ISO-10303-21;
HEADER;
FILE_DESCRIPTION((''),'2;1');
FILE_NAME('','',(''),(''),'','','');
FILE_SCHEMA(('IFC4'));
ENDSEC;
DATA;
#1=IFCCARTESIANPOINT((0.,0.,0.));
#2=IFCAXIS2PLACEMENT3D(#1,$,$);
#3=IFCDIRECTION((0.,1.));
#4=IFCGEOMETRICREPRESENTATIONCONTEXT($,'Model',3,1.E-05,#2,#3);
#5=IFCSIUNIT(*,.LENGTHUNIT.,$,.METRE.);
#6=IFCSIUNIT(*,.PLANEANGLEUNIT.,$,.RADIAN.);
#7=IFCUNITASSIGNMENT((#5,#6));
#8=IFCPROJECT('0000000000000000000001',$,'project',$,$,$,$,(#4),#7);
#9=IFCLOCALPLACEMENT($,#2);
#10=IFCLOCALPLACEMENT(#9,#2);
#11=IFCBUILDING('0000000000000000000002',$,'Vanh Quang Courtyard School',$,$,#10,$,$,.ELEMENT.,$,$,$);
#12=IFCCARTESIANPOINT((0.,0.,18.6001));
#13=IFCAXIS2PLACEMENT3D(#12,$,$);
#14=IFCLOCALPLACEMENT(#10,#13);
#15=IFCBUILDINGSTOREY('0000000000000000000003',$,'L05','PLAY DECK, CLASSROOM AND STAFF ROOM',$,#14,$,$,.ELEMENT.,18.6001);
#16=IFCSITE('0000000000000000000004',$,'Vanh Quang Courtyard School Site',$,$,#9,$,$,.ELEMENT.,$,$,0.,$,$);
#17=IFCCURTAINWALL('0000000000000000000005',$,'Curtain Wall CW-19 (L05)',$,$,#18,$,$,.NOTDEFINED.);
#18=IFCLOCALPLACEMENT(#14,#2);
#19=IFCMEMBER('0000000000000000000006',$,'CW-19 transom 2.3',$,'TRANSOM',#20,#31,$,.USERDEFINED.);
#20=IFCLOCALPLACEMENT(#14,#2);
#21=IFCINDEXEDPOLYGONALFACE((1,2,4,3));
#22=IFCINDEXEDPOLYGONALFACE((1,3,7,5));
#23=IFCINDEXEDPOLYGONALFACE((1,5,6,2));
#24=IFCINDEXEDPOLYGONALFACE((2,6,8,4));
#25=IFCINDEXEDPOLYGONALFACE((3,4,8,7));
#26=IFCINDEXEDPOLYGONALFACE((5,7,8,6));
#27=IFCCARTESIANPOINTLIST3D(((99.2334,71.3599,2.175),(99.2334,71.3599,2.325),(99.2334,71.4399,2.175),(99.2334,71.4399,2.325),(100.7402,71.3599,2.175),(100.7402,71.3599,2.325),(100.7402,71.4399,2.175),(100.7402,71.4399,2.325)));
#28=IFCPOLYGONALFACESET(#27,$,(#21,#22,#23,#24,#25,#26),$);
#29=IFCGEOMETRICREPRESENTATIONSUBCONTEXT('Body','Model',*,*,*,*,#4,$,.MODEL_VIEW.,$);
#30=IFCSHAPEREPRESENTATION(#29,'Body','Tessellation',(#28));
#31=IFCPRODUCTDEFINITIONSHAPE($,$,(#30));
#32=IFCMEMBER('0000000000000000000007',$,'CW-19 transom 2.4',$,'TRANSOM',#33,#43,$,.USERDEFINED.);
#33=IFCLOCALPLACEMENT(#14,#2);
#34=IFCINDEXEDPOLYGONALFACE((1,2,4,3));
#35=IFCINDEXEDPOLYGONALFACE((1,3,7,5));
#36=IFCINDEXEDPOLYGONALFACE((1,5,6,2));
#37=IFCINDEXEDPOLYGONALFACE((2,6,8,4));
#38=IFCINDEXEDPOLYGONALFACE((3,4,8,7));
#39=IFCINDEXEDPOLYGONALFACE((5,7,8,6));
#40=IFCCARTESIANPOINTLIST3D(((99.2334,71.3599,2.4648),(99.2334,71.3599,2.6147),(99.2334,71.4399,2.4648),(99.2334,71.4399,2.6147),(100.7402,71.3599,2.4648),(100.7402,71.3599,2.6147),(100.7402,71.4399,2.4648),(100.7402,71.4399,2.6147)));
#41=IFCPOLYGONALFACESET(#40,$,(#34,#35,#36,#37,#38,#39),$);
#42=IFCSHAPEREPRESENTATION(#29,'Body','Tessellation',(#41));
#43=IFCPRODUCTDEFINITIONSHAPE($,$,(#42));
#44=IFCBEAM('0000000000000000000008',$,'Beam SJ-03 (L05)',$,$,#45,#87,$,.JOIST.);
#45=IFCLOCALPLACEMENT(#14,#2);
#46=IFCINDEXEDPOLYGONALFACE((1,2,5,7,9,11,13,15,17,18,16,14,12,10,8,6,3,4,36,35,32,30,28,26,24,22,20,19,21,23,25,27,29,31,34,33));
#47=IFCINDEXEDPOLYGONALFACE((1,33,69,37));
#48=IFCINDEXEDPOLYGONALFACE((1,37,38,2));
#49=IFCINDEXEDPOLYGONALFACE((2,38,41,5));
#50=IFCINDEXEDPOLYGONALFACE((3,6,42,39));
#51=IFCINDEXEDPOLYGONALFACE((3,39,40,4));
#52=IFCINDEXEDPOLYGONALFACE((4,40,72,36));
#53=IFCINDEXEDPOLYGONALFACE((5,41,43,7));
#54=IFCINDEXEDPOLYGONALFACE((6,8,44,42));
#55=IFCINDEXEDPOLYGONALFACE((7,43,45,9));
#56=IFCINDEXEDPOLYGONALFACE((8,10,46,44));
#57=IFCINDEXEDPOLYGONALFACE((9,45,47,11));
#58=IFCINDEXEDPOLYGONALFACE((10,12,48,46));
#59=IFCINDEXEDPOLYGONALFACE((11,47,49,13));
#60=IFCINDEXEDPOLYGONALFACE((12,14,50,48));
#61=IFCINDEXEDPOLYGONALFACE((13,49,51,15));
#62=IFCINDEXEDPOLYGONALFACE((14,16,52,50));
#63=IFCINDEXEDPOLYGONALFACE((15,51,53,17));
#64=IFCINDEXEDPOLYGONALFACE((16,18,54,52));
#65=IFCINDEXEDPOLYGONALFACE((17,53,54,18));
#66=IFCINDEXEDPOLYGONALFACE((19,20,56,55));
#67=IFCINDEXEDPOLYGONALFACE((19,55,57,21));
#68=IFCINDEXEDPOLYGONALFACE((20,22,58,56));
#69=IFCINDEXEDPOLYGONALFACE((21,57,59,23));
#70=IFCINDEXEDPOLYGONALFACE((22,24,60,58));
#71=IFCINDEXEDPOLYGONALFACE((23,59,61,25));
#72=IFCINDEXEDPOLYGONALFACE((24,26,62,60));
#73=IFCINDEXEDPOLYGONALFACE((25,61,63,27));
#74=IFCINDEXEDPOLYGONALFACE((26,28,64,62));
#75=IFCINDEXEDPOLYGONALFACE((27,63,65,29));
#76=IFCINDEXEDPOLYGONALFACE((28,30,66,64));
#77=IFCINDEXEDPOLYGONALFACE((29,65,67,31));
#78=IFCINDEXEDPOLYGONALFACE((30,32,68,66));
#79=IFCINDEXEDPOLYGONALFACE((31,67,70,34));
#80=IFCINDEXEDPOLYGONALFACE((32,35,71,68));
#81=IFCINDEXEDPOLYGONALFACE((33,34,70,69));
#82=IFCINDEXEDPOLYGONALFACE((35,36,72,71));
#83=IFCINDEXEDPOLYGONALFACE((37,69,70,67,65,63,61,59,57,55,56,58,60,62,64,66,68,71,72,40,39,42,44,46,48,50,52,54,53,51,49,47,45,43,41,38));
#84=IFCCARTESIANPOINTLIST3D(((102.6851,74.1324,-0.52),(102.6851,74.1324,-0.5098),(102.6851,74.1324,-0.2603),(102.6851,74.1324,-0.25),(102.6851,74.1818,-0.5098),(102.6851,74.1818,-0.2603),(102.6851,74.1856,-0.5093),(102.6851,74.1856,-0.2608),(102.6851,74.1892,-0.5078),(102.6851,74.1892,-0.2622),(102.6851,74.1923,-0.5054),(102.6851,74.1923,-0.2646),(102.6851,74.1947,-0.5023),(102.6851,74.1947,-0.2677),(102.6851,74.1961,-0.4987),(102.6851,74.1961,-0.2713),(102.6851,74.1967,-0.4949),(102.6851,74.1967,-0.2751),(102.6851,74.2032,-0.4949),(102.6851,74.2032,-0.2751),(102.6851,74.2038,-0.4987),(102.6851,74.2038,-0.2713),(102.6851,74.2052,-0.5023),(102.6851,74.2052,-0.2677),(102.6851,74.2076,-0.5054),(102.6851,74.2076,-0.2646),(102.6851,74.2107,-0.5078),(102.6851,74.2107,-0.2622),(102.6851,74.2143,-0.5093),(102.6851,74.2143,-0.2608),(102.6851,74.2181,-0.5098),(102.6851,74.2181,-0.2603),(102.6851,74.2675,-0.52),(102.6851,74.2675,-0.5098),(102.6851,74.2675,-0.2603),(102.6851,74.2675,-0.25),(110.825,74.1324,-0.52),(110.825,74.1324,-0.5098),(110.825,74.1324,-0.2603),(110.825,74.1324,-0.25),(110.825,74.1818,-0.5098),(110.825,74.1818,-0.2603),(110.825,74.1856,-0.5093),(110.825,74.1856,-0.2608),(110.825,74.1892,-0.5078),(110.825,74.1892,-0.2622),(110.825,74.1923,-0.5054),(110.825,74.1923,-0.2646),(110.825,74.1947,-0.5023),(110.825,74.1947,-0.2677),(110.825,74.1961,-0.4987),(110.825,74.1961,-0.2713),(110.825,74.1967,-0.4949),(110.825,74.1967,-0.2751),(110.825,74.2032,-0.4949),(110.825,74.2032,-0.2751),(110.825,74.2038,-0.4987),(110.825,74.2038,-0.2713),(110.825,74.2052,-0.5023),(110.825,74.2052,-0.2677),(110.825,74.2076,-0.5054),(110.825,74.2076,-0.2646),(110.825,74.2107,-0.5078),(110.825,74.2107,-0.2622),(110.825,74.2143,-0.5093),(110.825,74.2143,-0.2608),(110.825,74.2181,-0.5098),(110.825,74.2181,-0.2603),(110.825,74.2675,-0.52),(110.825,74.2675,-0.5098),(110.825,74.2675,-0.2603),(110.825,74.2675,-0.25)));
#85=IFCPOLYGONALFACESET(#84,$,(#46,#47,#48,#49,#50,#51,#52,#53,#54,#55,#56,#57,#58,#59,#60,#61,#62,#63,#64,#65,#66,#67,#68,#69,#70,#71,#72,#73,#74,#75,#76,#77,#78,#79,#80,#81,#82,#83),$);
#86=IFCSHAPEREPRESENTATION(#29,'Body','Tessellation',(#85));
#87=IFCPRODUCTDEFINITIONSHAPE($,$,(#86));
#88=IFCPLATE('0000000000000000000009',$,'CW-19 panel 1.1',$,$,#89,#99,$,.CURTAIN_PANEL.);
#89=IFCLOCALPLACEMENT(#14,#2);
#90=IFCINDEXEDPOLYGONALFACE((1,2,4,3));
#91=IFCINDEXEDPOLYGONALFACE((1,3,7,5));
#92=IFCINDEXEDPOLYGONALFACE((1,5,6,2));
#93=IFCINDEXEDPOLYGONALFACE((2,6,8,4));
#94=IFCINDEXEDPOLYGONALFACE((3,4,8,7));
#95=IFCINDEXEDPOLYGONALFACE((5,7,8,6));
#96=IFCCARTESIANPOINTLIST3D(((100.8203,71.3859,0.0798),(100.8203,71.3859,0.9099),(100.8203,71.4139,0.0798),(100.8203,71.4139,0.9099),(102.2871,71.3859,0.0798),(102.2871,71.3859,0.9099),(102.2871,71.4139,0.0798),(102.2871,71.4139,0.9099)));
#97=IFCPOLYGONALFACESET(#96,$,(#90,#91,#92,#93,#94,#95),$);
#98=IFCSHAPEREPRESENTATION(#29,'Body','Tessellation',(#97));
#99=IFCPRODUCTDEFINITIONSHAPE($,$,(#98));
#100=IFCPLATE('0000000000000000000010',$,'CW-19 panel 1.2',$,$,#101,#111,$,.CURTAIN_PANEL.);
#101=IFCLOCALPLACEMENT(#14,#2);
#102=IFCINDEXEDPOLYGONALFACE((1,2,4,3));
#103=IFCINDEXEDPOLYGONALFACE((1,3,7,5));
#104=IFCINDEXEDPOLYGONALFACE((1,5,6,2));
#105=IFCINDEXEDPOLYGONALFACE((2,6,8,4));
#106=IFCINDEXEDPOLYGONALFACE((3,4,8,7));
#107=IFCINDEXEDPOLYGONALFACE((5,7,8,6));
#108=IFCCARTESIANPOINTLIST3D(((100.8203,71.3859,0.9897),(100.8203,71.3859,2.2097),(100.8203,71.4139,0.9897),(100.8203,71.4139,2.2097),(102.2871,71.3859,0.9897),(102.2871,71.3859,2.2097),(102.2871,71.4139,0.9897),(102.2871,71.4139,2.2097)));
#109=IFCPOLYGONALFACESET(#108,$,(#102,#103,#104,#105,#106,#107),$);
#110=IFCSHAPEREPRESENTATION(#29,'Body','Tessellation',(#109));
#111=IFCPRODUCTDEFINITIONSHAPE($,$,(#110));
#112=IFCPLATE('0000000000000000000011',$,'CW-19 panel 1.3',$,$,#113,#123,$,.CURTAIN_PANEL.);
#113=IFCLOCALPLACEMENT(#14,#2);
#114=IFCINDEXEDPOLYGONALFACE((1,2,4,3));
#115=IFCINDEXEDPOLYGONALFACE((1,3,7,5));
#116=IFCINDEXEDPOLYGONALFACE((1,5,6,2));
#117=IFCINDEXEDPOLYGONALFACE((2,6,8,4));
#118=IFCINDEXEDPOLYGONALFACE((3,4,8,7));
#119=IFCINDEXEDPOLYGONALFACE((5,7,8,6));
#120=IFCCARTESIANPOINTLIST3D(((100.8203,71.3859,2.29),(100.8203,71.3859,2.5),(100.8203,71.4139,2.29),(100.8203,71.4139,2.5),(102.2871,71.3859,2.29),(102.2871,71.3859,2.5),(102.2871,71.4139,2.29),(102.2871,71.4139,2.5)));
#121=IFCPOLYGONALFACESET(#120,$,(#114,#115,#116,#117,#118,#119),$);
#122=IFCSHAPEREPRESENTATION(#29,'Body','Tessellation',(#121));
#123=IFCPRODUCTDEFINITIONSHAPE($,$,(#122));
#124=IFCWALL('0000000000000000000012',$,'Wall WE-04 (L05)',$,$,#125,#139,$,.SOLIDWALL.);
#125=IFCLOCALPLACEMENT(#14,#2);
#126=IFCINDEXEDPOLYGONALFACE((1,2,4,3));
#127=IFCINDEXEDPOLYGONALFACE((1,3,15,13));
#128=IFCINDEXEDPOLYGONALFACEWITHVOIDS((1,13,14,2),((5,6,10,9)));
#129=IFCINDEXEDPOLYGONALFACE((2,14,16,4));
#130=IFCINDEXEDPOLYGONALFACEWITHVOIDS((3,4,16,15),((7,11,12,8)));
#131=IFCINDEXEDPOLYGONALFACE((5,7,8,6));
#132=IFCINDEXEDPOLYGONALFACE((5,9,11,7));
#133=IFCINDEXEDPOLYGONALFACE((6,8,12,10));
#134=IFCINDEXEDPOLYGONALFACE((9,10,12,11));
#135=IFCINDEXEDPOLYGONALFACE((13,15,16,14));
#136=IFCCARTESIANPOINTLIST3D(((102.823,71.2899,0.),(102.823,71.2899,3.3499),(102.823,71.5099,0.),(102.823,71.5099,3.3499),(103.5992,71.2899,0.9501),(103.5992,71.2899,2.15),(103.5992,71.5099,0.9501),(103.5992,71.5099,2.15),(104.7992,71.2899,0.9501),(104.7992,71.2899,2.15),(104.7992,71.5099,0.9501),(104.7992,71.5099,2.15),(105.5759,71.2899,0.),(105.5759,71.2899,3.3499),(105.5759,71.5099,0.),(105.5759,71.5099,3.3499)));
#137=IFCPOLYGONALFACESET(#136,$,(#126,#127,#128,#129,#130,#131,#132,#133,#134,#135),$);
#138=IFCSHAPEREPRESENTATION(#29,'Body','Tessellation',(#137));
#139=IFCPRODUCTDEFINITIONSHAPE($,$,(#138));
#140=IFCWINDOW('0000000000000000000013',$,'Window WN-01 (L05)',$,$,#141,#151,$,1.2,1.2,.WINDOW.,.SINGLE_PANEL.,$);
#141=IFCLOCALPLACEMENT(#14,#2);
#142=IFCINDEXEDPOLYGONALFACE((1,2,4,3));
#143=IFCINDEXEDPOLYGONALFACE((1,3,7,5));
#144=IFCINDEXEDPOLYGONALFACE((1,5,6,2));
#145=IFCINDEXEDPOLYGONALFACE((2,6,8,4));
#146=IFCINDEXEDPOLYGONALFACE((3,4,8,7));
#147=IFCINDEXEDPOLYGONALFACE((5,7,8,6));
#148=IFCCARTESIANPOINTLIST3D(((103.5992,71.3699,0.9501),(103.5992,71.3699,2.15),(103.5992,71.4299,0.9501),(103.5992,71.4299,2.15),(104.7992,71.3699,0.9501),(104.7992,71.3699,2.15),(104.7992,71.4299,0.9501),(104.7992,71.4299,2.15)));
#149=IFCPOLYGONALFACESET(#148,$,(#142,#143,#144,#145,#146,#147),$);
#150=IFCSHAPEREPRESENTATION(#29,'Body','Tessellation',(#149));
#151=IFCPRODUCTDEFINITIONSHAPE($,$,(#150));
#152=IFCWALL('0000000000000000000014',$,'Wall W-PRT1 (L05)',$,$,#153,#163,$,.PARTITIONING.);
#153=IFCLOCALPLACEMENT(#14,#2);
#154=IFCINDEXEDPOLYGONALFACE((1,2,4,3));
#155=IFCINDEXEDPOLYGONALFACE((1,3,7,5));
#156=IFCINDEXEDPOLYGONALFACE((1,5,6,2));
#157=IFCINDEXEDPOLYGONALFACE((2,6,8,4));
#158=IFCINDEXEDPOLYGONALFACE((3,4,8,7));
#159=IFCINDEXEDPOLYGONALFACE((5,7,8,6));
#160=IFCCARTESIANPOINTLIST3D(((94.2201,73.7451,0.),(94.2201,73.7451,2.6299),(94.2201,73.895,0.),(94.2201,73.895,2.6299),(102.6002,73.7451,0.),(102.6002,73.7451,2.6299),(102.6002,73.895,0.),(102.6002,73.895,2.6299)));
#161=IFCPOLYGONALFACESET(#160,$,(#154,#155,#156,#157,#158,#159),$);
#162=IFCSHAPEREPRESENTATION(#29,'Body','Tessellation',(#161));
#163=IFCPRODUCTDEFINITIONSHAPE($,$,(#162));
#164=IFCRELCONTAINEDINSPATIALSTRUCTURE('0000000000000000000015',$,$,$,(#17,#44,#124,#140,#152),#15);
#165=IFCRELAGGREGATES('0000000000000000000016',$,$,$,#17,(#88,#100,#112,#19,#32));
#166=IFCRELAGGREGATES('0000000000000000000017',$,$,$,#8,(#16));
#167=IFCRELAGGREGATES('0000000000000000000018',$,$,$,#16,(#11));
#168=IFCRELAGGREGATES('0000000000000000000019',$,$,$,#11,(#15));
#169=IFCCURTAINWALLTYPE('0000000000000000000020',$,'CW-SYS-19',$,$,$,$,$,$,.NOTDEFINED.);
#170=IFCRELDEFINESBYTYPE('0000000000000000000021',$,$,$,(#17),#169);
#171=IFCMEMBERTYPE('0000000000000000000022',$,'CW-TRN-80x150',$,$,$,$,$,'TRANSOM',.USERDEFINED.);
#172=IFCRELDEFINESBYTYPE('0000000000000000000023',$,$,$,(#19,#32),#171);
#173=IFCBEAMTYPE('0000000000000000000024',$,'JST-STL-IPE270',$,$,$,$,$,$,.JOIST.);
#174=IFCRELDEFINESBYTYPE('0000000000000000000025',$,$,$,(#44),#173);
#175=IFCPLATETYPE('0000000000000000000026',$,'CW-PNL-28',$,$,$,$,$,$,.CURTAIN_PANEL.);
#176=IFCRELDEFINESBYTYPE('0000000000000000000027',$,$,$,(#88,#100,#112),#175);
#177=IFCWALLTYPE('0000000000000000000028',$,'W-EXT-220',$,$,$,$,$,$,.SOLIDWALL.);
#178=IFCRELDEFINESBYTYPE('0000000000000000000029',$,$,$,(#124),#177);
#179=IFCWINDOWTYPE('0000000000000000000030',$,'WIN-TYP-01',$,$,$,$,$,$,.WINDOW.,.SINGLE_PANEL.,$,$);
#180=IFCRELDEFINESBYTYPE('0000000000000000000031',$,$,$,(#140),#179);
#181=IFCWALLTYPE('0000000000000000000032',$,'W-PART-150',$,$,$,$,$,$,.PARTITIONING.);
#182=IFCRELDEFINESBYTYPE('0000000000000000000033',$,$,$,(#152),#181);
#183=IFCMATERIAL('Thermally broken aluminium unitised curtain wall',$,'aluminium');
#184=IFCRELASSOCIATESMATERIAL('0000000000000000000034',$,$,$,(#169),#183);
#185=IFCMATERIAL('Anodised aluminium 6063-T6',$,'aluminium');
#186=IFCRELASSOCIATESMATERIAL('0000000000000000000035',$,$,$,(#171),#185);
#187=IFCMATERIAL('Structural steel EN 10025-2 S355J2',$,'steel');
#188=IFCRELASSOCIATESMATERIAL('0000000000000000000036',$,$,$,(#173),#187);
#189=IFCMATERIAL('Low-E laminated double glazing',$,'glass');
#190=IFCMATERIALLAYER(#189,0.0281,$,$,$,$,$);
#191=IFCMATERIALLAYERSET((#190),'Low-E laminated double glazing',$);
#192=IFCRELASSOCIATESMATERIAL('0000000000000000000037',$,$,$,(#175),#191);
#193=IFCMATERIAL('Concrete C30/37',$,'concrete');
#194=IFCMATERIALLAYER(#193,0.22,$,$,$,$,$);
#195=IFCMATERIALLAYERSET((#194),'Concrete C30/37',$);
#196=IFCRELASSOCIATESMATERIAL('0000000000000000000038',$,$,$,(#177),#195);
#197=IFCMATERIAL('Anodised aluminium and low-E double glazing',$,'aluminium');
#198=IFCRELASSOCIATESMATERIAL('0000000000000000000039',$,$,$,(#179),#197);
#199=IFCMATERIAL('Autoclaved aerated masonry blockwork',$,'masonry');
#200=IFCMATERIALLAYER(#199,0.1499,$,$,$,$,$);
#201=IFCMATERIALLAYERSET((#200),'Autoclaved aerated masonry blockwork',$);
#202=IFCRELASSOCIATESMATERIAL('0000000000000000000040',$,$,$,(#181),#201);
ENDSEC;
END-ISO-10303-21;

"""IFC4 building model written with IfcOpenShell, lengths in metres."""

from ifc_helpers import new_model, si_unit, direction, frame, frame_2d, origin, origin_2d, place, context, subcontext, project, spatial, rectangle, i_section, extrude, material, layer, layer_set, material_profile, profile_set, type_object, element, fill, aggregate, save


model = new_model("IFC4")

# Units and contexts
model_context = context("Model", 3, precision=1e-05, world=origin(), true_north=direction((0.0, 1.0)))
body_context = subcontext(model_context, "Body", "Model", "MODEL_VIEW")
ifc_project = project(units=[si_unit("LENGTHUNIT", "METRE"), si_unit("PLANEANGLEUNIT", "RADIAN")], contexts=[model_context])

# Site, building, storey
site_placement = place(None, origin())
site = spatial("IfcSite", under=ifc_project, at=site_placement, Name="Vanh Quang Courtyard School Site", CompositionType="ELEMENT", RefElevation=0.0)
building_placement = place(site_placement, origin())
building = spatial("IfcBuilding", under=site, at=building_placement, Name="Vanh Quang Courtyard School", CompositionType="ELEMENT")
storey_placement = place(building_placement, frame((0.0, 0.0, 18.6001)))
storey = spatial("IfcBuildingStorey", under=building, at=storey_placement, Name="L05", Description="PLAY DECK, CLASSROOM AND STAFF ROOM", CompositionType="ELEMENT", Elevation=18.6001)

# Shared definitions
ifc_material_1 = material(Name="Structural steel EN 10025-2 S355J2", Category="steel")

# Curtain wall, members
ifc_material_2 = material(Name="Thermally broken aluminium unitised curtain wall", Category="aluminium")
curtain_wall_type = type_object("IfcCurtainWallType", Name="CW-SYS-19", PredefinedType="NOTDEFINED", material=ifc_material_2)
curtain_wall_placement = place(storey_placement, origin())
curtain_wall = element("IfcCurtainWall", 1, at=curtain_wall_placement, inside=storey, type_object=curtain_wall_type, Name="Curtain Wall CW-19 (L05)", PredefinedType="NOTDEFINED")
ifc_material_3 = material(Name="Anodised aluminium 6063-T6", Category="aluminium")
ifc_material_profile_1 = material_profile(ifc_material_3, rectangle(XDim=0.0801, YDim=0.1499, at=origin_2d()), Name="ALU-TRN 80x150")
ifc_profile_set_1 = profile_set([ifc_material_profile_1], Name="Anodised aluminium 6063-T6")
member_type_1 = type_object("IfcMemberType", Name="CW-TRN-80x150", ElementType="TRANSOM", PredefinedType="USERDEFINED", material=ifc_profile_set_1)
member_1_placement = place(storey_placement, frame((100.7402, 71.3999, 2.25), z_axis=(-1.0, 0.0, 0.0), x_axis=(0.0, -1.0, 0.0)))
member_1 = element("IfcMember", 2, at=member_1_placement, type_object=member_type_1, Name="CW-19 transom 2.3", ObjectType="TRANSOM", PredefinedType="USERDEFINED", context=body_context, shape_type="SweptSolid", body=[
    extrude(rectangle(XDim=0.0801, YDim=0.1499, at=origin_2d()), origin(), (0.0, 0.0, 1.0), 1.5068),
])
member_2_placement = place(storey_placement, frame((100.7402, 71.3999, 2.5398), z_axis=(-1.0, 0.0, 0.0), x_axis=(0.0, -1.0, 0.0)))
member_2 = element("IfcMember", 3, at=member_2_placement, type_object=member_type_1, Name="CW-19 transom 2.4", ObjectType="TRANSOM", PredefinedType="USERDEFINED", context=body_context, shape_type="SweptSolid", body=[
    extrude(rectangle(XDim=0.0801, YDim=0.1499, at=origin_2d()), origin(), (0.0, 0.0, 1.0), 1.5068),
])

# Beam
ifc_material_profile_2 = material_profile(ifc_material_1, i_section(OverallWidth=0.135, OverallDepth=0.27, WebThickness=0.0066, FlangeThickness=0.0103, FilletRadius=0.0149, at=origin_2d()), Name="IPE 270")
ifc_profile_set_2 = profile_set([ifc_material_profile_2], Name="Structural steel EN 10025-2 S355J2")
beam_type_1 = type_object("IfcBeamType", Name="JST-STL-IPE270", PredefinedType="JOIST", material=ifc_profile_set_2)
beam_1_placement = place(storey_placement, frame((102.6851, 74.2, -0.385), z_axis=(1.0, 0.0, 0.0), x_axis=(0.0, 1.0, 0.0)))
element("IfcBeam", 4, at=beam_1_placement, inside=storey, type_object=beam_type_1, Name="Beam SJ-03 (L05)", PredefinedType="JOIST", context=body_context, shape_type="SweptSolid", body=[
    extrude(i_section(OverallWidth=0.135, OverallDepth=0.27, WebThickness=0.0066, FlangeThickness=0.0103, FilletRadius=0.0149, at=origin_2d()), origin(), (0.0, 0.0, 1.0), 8.1399),
])

# Plates
ifc_material_4 = material(Name="Low-E laminated double glazing", Category="glass")
ifc_layer_1 = layer(ifc_material_4, 0.0281)
ifc_layer_set_1 = layer_set([ifc_layer_1], Name="Low-E laminated double glazing")
plate_type = type_object("IfcPlateType", Name="CW-PNL-28", PredefinedType="CURTAIN_PANEL", material=ifc_layer_set_1)
plate_1_placement = place(storey_placement, frame((101.5537, 71.3999, 0.0798), z_axis=(0.0, 0.0, 1.0), x_axis=(-1.0, 0.0, 0.0)))
plate_1 = element("IfcPlate", 5, at=plate_1_placement, type_object=plate_type, Name="CW-19 panel 1.1", PredefinedType="CURTAIN_PANEL", context=body_context, shape_type="SweptSolid", body=[
    extrude(rectangle(XDim=1.4668, YDim=0.0281, at=origin_2d()), origin(), (0.0, 0.0, 1.0), 0.8301),
])
plate_2_placement = place(storey_placement, frame((101.5537, 71.3999, 0.9897), z_axis=(0.0, 0.0, 1.0), x_axis=(-1.0, 0.0, 0.0)))
plate_2 = element("IfcPlate", 6, at=plate_2_placement, type_object=plate_type, Name="CW-19 panel 1.2", PredefinedType="CURTAIN_PANEL", context=body_context, shape_type="SweptSolid", body=[
    extrude(rectangle(XDim=1.4668, YDim=0.0281, at=origin_2d()), origin(), (0.0, 0.0, 1.0), 1.22),
])
plate_3_placement = place(storey_placement, frame((101.5537, 71.3999, 2.29), z_axis=(0.0, 0.0, 1.0), x_axis=(-1.0, 0.0, 0.0)))
plate_3 = element("IfcPlate", 7, at=plate_3_placement, type_object=plate_type, Name="CW-19 panel 1.3", PredefinedType="CURTAIN_PANEL", context=body_context, shape_type="SweptSolid", body=[
    extrude(rectangle(XDim=1.4668, YDim=0.0281, at=origin_2d()), origin(), (0.0, 0.0, 1.0), 0.21),
])
aggregate(curtain_wall, [plate_1, plate_2, plate_3, member_1, member_2])

# Wall, opening, window
ifc_material_5 = material(Name="Concrete C30/37", Category="concrete")
ifc_layer_2 = layer(ifc_material_5, 0.22)
ifc_layer_set_2 = layer_set([ifc_layer_2], Name="Concrete C30/37")
wall_type_1 = type_object("IfcWallType", Name="W-EXT-220", PredefinedType="SOLIDWALL", material=ifc_layer_set_2)
wall_1_placement = place(storey_placement, frame((105.5759, 71.3999, 0.0), z_axis=(0.0, 0.0, 1.0), x_axis=(-1.0, 0.0, 0.0)))
wall_1 = element("IfcWall", 8, at=wall_1_placement, inside=storey, type_object=wall_type_1, Name="Wall WE-04 (L05)", PredefinedType="SOLIDWALL", context=body_context, shape_type="SweptSolid", body=[
    extrude(rectangle(XDim=2.7529, YDim=0.22, at=frame_2d((1.3765, 0.0))), origin(), (0.0, 0.0, 1.0), 3.3499),
])
opening_placement = place(wall_1_placement, frame((0.7766, 0.0, 0.95)))
opening = element("IfcOpeningElement", 9, at=opening_placement, cuts=wall_1, PredefinedType="OPENING", context=body_context, shape_type="SweptSolid", body=[
    extrude(rectangle(XDim=1.2, YDim=1.2, at=frame_2d((0.6001, 0.6001))), frame((0.0, 0.1201, 0.0), z_axis=(0.0, -1.0, 0.0), x_axis=(1.0, 0.0, 0.0)), (0.0, 0.0, 1.0), 0.24),
])
ifc_material_6 = material(Name="Anodised aluminium and low-E double glazing", Category="aluminium")
window_type = type_object("IfcWindowType", Name="WIN-TYP-01", PartitioningType="SINGLE_PANEL", PredefinedType="WINDOW", material=ifc_material_6)
window_placement = place(opening_placement, origin())
window = element("IfcWindow", 10, at=window_placement, inside=storey, type_object=window_type, Name="Window WN-01 (L05)", OverallHeight=1.2, OverallWidth=1.2, PartitioningType="SINGLE_PANEL", PredefinedType="WINDOW", context=body_context, shape_type="SweptSolid", body=[
    extrude(rectangle(XDim=1.2, YDim=1.2, at=frame_2d((0.6001, 0.6001))), frame((0.0, 0.03, 0.0), z_axis=(0.0, -1.0, 0.0), x_axis=(1.0, 0.0, 0.0)), (0.0, 0.0, 1.0), 0.0601),
])
fill(opening, window)

# Wall
ifc_material_7 = material(Name="Autoclaved aerated masonry blockwork", Category="masonry")
ifc_layer_3 = layer(ifc_material_7, 0.1499)
ifc_layer_set_3 = layer_set([ifc_layer_3], Name="Autoclaved aerated masonry blockwork")
wall_type_2 = type_object("IfcWallType", Name="W-PART-150", PredefinedType="PARTITIONING", material=ifc_layer_set_3)
wall_2_placement = place(storey_placement, frame((102.6001, 73.8201, 0.0), z_axis=(0.0, 0.0, 1.0), x_axis=(-1.0, 0.0, 0.0)))
element("IfcWall", 11, at=wall_2_placement, inside=storey, type_object=wall_type_2, Name="Wall W-PRT1 (L05)", PredefinedType="PARTITIONING", context=body_context, shape_type="SweptSolid", body=[
    extrude(rectangle(XDim=8.3801, YDim=0.1499, at=frame_2d((4.1899, 0.0))), origin(), (0.0, 0.0, 1.0), 2.6299),
])

save(model, "model.ifc")
